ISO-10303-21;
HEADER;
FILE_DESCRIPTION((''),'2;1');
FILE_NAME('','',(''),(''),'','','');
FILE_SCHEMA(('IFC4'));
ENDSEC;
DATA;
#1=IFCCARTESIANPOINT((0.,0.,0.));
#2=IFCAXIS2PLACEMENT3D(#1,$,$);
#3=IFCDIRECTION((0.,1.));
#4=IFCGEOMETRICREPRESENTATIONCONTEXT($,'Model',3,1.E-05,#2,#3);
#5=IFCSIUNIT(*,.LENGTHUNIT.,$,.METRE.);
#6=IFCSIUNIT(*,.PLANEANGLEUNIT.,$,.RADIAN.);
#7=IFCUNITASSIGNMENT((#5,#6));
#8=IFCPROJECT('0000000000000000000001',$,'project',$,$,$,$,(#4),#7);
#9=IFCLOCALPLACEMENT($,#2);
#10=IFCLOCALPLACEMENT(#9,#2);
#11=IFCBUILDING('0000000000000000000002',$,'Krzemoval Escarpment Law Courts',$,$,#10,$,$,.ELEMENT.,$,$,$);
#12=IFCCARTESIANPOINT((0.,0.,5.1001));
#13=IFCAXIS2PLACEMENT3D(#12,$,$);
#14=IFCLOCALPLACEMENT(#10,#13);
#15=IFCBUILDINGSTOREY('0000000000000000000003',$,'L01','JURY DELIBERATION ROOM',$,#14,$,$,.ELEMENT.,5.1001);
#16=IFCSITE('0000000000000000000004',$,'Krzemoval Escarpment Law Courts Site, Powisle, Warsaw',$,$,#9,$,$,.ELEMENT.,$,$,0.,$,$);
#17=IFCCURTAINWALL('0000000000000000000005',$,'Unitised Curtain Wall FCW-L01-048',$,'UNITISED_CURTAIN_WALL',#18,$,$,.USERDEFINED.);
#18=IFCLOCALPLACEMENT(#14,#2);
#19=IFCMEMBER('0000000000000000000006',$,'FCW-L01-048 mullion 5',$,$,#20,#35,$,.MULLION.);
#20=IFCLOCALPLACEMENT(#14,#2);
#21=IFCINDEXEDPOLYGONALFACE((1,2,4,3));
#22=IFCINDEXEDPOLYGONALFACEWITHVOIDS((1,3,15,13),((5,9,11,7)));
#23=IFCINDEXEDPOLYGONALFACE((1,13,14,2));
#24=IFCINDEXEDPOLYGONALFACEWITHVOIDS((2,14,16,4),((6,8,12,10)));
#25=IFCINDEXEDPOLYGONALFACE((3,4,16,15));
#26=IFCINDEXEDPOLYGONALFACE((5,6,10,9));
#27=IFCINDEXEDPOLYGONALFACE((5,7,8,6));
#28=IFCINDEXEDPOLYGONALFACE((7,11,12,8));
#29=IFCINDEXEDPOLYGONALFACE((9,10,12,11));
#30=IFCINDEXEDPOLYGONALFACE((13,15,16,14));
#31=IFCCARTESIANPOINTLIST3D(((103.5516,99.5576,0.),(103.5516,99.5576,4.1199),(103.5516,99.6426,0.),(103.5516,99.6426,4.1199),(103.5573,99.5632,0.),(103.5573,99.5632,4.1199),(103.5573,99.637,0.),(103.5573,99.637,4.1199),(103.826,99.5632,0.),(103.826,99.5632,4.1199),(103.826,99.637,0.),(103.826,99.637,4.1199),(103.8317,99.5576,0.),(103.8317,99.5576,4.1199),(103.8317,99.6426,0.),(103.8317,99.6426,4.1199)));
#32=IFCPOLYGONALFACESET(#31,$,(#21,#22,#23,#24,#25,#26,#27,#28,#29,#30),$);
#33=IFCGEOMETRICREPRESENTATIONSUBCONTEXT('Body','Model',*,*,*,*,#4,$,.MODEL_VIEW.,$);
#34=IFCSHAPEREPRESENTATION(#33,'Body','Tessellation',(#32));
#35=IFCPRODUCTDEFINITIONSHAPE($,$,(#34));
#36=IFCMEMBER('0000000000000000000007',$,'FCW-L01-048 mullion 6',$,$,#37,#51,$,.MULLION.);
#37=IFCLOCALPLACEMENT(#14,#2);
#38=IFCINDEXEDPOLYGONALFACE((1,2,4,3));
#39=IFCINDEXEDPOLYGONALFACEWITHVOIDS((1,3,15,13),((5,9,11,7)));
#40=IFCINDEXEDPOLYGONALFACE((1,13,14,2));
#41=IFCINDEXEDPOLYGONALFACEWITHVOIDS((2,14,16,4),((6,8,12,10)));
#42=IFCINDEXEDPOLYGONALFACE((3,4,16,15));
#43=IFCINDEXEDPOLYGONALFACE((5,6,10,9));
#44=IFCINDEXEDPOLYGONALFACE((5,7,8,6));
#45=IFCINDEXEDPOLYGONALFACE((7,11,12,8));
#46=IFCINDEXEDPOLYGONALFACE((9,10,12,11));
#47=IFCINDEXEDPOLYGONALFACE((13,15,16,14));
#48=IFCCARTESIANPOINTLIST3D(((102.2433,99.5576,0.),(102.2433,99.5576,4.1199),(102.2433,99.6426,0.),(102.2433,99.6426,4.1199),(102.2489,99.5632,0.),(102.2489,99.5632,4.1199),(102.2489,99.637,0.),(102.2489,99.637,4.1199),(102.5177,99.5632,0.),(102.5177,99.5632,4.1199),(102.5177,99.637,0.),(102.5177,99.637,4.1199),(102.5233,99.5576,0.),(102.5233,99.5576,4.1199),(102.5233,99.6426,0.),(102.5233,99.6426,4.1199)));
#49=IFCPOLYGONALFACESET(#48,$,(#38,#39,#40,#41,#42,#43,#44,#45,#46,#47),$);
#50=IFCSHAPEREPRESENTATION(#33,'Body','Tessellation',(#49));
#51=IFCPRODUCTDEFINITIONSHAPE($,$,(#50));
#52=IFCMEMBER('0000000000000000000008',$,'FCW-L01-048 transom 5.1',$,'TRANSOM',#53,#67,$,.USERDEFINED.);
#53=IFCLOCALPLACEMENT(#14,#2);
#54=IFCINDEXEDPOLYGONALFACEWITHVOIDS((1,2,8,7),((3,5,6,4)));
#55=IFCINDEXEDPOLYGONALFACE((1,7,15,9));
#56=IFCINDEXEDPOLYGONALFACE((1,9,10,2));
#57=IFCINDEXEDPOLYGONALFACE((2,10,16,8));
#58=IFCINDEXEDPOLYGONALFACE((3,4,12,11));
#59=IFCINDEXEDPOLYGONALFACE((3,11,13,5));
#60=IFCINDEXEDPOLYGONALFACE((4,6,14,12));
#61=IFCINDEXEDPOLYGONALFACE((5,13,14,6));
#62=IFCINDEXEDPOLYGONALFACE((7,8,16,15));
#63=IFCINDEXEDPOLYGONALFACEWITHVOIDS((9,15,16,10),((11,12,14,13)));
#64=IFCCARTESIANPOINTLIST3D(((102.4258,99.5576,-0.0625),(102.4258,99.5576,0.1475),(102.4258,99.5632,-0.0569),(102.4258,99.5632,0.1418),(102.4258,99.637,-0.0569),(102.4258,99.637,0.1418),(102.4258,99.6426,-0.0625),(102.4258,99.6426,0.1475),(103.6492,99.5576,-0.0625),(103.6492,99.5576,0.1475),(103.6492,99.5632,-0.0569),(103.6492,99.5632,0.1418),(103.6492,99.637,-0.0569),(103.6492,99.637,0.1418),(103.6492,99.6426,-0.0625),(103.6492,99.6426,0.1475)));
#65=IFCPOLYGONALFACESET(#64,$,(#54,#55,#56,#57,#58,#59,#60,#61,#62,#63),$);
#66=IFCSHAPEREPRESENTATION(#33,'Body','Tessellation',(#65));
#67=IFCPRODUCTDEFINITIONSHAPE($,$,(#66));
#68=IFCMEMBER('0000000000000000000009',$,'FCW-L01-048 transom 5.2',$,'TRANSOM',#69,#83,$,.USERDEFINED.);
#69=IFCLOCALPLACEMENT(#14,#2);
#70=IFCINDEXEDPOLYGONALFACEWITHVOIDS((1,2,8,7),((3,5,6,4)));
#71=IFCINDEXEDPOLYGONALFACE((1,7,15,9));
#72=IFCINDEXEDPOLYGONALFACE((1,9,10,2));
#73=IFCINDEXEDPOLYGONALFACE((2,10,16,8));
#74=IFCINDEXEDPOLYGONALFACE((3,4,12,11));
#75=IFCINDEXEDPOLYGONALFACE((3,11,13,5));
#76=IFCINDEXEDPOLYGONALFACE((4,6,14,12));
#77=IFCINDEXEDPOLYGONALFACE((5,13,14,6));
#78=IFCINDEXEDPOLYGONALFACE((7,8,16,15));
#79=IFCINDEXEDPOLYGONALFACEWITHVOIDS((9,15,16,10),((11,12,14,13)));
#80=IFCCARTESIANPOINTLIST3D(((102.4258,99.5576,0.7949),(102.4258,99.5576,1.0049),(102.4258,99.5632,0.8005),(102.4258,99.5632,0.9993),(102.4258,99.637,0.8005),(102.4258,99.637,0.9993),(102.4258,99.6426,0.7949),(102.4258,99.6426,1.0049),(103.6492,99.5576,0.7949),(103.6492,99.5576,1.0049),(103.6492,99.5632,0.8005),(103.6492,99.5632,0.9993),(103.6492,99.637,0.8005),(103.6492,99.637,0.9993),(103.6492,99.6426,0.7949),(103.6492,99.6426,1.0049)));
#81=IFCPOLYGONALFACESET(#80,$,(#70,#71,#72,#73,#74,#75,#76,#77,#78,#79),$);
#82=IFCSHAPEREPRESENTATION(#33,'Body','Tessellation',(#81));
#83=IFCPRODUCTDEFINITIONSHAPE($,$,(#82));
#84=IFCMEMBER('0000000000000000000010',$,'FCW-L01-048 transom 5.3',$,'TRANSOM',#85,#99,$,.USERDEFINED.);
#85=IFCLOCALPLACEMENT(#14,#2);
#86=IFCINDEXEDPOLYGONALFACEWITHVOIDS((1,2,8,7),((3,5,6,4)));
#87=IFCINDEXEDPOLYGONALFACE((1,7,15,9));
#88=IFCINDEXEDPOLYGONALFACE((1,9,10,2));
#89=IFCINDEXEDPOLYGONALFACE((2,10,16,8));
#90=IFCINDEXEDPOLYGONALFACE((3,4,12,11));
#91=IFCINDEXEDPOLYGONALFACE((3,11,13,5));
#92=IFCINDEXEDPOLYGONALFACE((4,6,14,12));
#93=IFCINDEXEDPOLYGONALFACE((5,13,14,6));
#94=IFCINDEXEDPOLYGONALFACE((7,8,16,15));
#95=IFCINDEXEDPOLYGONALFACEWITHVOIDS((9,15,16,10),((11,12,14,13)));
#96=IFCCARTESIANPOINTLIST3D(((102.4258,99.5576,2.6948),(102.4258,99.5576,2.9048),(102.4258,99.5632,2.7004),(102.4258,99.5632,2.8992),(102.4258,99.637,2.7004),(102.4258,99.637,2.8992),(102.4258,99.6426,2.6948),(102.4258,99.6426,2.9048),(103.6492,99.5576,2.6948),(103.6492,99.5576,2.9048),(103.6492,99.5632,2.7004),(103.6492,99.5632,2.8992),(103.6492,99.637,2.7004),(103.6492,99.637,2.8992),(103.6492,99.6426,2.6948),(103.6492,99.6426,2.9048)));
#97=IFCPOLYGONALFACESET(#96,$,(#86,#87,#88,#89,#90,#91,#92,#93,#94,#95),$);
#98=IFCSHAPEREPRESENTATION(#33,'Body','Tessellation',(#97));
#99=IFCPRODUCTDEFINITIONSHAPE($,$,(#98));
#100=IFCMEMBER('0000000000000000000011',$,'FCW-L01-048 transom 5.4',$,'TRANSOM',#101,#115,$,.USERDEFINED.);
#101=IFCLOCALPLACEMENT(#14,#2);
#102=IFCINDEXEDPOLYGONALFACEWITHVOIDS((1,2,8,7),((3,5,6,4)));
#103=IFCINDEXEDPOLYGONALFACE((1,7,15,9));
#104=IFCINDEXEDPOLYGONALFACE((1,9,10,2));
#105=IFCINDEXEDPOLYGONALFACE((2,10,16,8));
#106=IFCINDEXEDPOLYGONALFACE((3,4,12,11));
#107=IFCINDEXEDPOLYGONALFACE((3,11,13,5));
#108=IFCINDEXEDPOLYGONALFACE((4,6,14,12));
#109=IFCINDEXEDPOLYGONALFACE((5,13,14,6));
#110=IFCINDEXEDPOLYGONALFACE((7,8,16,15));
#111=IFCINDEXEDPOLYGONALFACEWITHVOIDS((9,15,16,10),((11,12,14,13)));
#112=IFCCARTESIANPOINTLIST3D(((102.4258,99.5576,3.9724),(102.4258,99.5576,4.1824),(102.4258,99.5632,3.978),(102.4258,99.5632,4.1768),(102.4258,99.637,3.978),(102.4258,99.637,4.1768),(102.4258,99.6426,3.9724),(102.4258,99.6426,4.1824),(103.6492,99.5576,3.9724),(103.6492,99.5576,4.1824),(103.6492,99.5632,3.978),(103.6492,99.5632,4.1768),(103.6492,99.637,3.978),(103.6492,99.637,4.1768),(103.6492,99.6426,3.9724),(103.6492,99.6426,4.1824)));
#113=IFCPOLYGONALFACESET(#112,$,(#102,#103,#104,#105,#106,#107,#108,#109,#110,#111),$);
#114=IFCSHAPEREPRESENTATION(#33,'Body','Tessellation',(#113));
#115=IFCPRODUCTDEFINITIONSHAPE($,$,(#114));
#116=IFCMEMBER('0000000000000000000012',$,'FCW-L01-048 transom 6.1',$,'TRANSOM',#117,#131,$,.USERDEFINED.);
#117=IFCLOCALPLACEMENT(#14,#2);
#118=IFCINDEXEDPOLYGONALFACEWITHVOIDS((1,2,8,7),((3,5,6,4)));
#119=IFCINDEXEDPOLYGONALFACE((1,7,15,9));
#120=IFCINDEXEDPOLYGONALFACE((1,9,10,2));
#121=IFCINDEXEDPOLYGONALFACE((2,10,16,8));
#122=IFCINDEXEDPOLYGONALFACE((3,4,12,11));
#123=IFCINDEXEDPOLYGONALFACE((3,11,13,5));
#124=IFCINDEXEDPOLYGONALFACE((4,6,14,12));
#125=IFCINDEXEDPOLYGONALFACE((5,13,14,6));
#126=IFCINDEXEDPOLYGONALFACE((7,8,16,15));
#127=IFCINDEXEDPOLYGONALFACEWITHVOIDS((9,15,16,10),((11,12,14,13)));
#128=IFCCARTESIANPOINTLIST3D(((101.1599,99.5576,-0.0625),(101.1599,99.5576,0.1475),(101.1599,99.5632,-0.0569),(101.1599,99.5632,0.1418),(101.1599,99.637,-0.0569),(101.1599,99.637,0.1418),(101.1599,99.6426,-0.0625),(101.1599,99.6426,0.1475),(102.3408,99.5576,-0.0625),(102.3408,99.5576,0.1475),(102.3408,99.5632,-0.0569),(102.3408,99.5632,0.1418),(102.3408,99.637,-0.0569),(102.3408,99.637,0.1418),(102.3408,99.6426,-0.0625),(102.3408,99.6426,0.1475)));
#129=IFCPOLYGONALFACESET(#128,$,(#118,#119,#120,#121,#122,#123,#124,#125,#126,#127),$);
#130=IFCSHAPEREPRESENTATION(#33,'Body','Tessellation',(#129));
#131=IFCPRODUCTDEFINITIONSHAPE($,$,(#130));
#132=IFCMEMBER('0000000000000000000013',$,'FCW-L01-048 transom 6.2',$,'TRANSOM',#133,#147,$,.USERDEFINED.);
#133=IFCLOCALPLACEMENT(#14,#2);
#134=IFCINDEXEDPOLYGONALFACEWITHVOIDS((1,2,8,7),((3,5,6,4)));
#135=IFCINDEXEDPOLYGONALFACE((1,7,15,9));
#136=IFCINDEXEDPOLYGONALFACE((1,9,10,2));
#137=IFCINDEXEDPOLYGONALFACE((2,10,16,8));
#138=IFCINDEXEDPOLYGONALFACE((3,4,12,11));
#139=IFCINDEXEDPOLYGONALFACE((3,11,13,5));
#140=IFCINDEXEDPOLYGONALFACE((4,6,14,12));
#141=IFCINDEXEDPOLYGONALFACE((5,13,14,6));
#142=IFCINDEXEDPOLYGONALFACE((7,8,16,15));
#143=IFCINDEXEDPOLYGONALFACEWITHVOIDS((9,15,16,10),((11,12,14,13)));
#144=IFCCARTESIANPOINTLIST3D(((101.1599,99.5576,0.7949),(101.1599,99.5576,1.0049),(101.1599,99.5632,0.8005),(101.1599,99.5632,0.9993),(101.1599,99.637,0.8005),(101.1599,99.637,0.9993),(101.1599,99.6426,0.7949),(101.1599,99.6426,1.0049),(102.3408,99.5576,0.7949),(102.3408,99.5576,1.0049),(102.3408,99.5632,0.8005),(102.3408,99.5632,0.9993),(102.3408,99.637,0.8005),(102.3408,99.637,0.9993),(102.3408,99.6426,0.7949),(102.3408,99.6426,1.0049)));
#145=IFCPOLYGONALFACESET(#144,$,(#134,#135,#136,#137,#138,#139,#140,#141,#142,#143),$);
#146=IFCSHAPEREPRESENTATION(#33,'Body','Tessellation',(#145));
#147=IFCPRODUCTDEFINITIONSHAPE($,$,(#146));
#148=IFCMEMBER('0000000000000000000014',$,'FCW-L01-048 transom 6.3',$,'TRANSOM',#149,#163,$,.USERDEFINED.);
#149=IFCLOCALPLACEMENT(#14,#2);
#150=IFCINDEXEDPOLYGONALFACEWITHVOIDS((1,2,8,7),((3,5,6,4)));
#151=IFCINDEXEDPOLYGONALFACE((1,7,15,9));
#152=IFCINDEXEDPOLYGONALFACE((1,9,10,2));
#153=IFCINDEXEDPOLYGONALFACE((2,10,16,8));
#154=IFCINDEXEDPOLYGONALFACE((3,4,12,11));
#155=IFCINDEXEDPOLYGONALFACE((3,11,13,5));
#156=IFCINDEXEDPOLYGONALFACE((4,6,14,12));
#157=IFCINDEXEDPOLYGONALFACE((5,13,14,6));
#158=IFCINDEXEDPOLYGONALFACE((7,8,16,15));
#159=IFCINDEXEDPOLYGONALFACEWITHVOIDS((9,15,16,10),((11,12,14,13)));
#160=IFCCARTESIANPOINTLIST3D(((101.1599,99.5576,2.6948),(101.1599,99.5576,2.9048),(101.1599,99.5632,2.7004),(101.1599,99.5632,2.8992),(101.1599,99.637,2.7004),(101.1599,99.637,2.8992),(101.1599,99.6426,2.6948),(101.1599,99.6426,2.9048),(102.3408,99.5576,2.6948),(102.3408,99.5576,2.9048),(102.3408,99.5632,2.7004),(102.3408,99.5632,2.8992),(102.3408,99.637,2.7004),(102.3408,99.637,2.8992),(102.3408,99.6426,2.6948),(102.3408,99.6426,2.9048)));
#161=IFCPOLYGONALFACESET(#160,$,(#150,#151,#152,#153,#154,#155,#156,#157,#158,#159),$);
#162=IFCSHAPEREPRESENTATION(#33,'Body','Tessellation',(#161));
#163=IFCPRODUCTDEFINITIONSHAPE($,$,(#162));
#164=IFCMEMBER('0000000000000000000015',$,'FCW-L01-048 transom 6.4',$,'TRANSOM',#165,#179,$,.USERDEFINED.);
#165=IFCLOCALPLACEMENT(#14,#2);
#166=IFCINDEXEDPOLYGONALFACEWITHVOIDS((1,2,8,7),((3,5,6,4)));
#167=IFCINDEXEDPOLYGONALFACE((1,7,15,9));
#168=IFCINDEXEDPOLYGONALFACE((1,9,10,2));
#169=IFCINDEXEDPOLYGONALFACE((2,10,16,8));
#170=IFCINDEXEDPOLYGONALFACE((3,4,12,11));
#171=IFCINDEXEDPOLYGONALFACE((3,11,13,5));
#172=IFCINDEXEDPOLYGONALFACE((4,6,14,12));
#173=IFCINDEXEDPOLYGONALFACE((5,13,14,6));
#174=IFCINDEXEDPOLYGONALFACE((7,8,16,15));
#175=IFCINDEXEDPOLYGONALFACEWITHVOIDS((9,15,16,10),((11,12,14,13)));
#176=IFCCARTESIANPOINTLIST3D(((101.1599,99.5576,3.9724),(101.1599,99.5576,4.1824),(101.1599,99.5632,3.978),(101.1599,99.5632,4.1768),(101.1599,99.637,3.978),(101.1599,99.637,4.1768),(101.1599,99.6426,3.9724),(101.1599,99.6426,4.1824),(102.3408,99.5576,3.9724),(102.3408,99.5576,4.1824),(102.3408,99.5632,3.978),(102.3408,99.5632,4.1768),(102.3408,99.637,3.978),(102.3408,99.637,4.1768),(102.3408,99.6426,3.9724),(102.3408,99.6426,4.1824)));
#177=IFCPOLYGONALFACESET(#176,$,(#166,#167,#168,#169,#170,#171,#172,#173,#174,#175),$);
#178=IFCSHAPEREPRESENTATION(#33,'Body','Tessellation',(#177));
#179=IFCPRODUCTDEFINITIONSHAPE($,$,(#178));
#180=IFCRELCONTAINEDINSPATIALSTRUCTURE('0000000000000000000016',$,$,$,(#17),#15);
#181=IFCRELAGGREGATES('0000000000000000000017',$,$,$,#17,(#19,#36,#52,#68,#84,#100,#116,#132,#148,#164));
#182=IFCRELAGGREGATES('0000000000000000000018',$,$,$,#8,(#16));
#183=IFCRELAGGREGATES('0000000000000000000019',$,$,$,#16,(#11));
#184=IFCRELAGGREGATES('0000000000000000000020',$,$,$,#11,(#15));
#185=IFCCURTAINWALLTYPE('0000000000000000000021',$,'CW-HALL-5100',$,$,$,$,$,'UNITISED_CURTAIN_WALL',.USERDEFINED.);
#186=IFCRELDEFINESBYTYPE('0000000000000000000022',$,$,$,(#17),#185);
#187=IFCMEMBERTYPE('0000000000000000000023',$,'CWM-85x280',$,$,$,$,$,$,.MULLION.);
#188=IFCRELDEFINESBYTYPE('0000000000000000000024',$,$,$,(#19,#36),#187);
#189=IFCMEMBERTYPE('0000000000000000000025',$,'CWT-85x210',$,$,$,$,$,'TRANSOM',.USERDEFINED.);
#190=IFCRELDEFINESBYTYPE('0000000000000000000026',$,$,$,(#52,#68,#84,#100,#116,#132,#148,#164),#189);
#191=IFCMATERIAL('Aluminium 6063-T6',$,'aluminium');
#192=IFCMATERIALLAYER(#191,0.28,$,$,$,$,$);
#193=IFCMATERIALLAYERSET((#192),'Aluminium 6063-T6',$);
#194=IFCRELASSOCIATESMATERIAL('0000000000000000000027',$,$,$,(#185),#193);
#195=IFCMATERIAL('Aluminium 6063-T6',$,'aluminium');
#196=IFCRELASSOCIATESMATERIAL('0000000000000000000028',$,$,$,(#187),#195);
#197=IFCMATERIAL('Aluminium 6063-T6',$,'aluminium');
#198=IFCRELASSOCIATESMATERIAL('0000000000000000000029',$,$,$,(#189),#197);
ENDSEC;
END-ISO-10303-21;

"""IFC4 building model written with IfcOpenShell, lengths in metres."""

from ifc_helpers import new_model, si_unit, direction, frame, origin, origin_2d, place, context, subcontext, project, spatial, hollow_rectangle, extrude, material, layer, layer_set, material_profile, profile_set, type_object, element, aggregate, save


model = new_model("IFC4")

# Units and contexts
model_context = context("Model", 3, precision=1e-05, world=origin(), true_north=direction((0.0, 1.0)))
body_context = subcontext(model_context, "Body", "Model", "MODEL_VIEW")
ifc_project = project(units=[si_unit("LENGTHUNIT", "METRE"), si_unit("PLANEANGLEUNIT", "RADIAN")], contexts=[model_context])

# Site, building, storey
site_placement = place(None, origin())
site = spatial("IfcSite", under=ifc_project, at=site_placement, Name="Krzemoval Escarpment Law Courts Site, Powisle, Warsaw", CompositionType="ELEMENT", RefElevation=0.0)
building_placement = place(site_placement, origin())
building = spatial("IfcBuilding", under=site, at=building_placement, Name="Krzemoval Escarpment Law Courts", CompositionType="ELEMENT")
storey_placement = place(building_placement, frame((0.0, 0.0, 5.1001)))
storey = spatial("IfcBuildingStorey", under=building, at=storey_placement, Name="L01", Description="JURY DELIBERATION ROOM", CompositionType="ELEMENT", Elevation=5.1001)

# Curtain wall, members
ifc_material_1 = material(Name="Aluminium 6063-T6", Category="aluminium")
ifc_layer_1 = layer(ifc_material_1, 0.28)
ifc_layer_set_1 = layer_set([ifc_layer_1], Name="Aluminium 6063-T6")
curtain_wall_type = type_object("IfcCurtainWallType", Name="CW-HALL-5100", ElementType="UNITISED_CURTAIN_WALL", PredefinedType="USERDEFINED", material=ifc_layer_set_1)
curtain_wall_placement = place(storey_placement, origin())
curtain_wall = element("IfcCurtainWall", 1, at=curtain_wall_placement, inside=storey, type_object=curtain_wall_type, Name="Unitised Curtain Wall FCW-L01-048", ObjectType="UNITISED_CURTAIN_WALL", PredefinedType="USERDEFINED")
ifc_material_2 = material(Name="Aluminium 6063-T6", Category="aluminium")
ifc_material_profile_1 = material_profile(ifc_material_2, hollow_rectangle(XDim=0.085, YDim=0.28, WallThickness=0.0056, at=origin_2d()), Name="ALU M85x280")
ifc_profile_set_1 = profile_set([ifc_material_profile_1], Name="Aluminium 6063-T6")
member_type_1 = type_object("IfcMemberType", Name="CWM-85x280", PredefinedType="MULLION", material=ifc_profile_set_1)
member_1_placement = place(storey_placement, frame((103.6917, 99.6001, 0.0), z_axis=(0.0, 0.0, 1.0), x_axis=(0.0, -1.0, 0.0)))
member_1 = element("IfcMember", 2, at=member_1_placement, type_object=member_type_1, Name="FCW-L01-048 mullion 5", PredefinedType="MULLION", context=body_context, shape_type="SweptSolid", body=[
    extrude(hollow_rectangle(XDim=0.085, YDim=0.28, WallThickness=0.0056, at=origin_2d()), origin(), (0.0, 0.0, 1.0), 4.1199),
])
member_2_placement = place(storey_placement, frame((102.3833, 99.6001, 0.0), z_axis=(0.0, 0.0, 1.0), x_axis=(0.0, -1.0, 0.0)))
member_2 = element("IfcMember", 3, at=member_2_placement, type_object=member_type_1, Name="FCW-L01-048 mullion 6", PredefinedType="MULLION", context=body_context, shape_type="SweptSolid", body=[
    extrude(hollow_rectangle(XDim=0.085, YDim=0.28, WallThickness=0.0056, at=origin_2d()), origin(), (0.0, 0.0, 1.0), 4.1199),
])
ifc_material_3 = material(Name="Aluminium 6063-T6", Category="aluminium")
ifc_material_profile_2 = material_profile(ifc_material_3, hollow_rectangle(XDim=0.085, YDim=0.21, WallThickness=0.0056, at=origin_2d()), Name="ALU T85x210")
ifc_profile_set_2 = profile_set([ifc_material_profile_2], Name="Aluminium 6063-T6")
member_type_2 = type_object("IfcMemberType", Name="CWT-85x210", ElementType="TRANSOM", PredefinedType="USERDEFINED", material=ifc_profile_set_2)
member_3_placement = place(storey_placement, frame((103.6492, 99.6001, 0.0425), z_axis=(-1.0, 0.0, 0.0), x_axis=(0.0, -1.0, 0.0)))
member_3 = element("IfcMember", 4, at=member_3_placement, type_object=member_type_2, Name="FCW-L01-048 transom 5.1", ObjectType="TRANSOM", PredefinedType="USERDEFINED", context=body_context, shape_type="SweptSolid", body=[
    extrude(hollow_rectangle(XDim=0.085, YDim=0.21, WallThickness=0.0056, at=origin_2d()), origin(), (0.0, 0.0, 1.0), 1.2234),
])
member_4_placement = place(storey_placement, frame((103.6492, 99.6001, 0.8999), z_axis=(-1.0, 0.0, 0.0), x_axis=(0.0, -1.0, 0.0)))
member_4 = element("IfcMember", 5, at=member_4_placement, type_object=member_type_2, Name="FCW-L01-048 transom 5.2", ObjectType="TRANSOM", PredefinedType="USERDEFINED", context=body_context, shape_type="SweptSolid", body=[
    extrude(hollow_rectangle(XDim=0.085, YDim=0.21, WallThickness=0.0056, at=origin_2d()), origin(), (0.0, 0.0, 1.0), 1.2234),
])
member_5_placement = place(storey_placement, frame((103.6492, 99.6001, 2.7998), z_axis=(-1.0, 0.0, 0.0), x_axis=(0.0, -1.0, 0.0)))
member_5 = element("IfcMember", 6, at=member_5_placement, type_object=member_type_2, Name="FCW-L01-048 transom 5.3", ObjectType="TRANSOM", PredefinedType="USERDEFINED", context=body_context, shape_type="SweptSolid", body=[
    extrude(hollow_rectangle(XDim=0.085, YDim=0.21, WallThickness=0.0056, at=origin_2d()), origin(), (0.0, 0.0, 1.0), 1.2234),
])
member_6_placement = place(storey_placement, frame((103.6492, 99.6001, 4.0774), z_axis=(-1.0, 0.0, 0.0), x_axis=(0.0, -1.0, 0.0)))
member_6 = element("IfcMember", 7, at=member_6_placement, type_object=member_type_2, Name="FCW-L01-048 transom 5.4", ObjectType="TRANSOM", PredefinedType="USERDEFINED", context=body_context, shape_type="SweptSolid", body=[
    extrude(hollow_rectangle(XDim=0.085, YDim=0.21, WallThickness=0.0056, at=origin_2d()), origin(), (0.0, 0.0, 1.0), 1.2234),
])
member_7_placement = place(storey_placement, frame((102.3408, 99.6001, 0.0425), z_axis=(-1.0, 0.0, 0.0), x_axis=(0.0, -1.0, 0.0)))
member_7 = element("IfcMember", 8, at=member_7_placement, type_object=member_type_2, Name="FCW-L01-048 transom 6.1", ObjectType="TRANSOM", PredefinedType="USERDEFINED", context=body_context, shape_type="SweptSolid", body=[
    extrude(hollow_rectangle(XDim=0.085, YDim=0.21, WallThickness=0.0056, at=origin_2d()), origin(), (0.0, 0.0, 1.0), 1.1809),
])
member_8_placement = place(storey_placement, frame((102.3408, 99.6001, 0.8999), z_axis=(-1.0, 0.0, 0.0), x_axis=(0.0, -1.0, 0.0)))
member_8 = element("IfcMember", 9, at=member_8_placement, type_object=member_type_2, Name="FCW-L01-048 transom 6.2", ObjectType="TRANSOM", PredefinedType="USERDEFINED", context=body_context, shape_type="SweptSolid", body=[
    extrude(hollow_rectangle(XDim=0.085, YDim=0.21, WallThickness=0.0056, at=origin_2d()), origin(), (0.0, 0.0, 1.0), 1.1809),
])
member_9_placement = place(storey_placement, frame((102.3408, 99.6001, 2.7998), z_axis=(-1.0, 0.0, 0.0), x_axis=(0.0, -1.0, 0.0)))
member_9 = element("IfcMember", 10, at=member_9_placement, type_object=member_type_2, Name="FCW-L01-048 transom 6.3", ObjectType="TRANSOM", PredefinedType="USERDEFINED", context=body_context, shape_type="SweptSolid", body=[
    extrude(hollow_rectangle(XDim=0.085, YDim=0.21, WallThickness=0.0056, at=origin_2d()), origin(), (0.0, 0.0, 1.0), 1.1809),
])
member_10_placement = place(storey_placement, frame((102.3408, 99.6001, 4.0774), z_axis=(-1.0, 0.0, 0.0), x_axis=(0.0, -1.0, 0.0)))
member_10 = element("IfcMember", 11, at=member_10_placement, type_object=member_type_2, Name="FCW-L01-048 transom 6.4", ObjectType="TRANSOM", PredefinedType="USERDEFINED", context=body_context, shape_type="SweptSolid", body=[
    extrude(hollow_rectangle(XDim=0.085, YDim=0.21, WallThickness=0.0056, at=origin_2d()), origin(), (0.0, 0.0, 1.0), 1.1809),
])

aggregate(curtain_wall, [member_1, member_2, member_3, member_4, member_5, member_6, member_7, member_8, member_9, member_10])

save(model, "model.ifc")
